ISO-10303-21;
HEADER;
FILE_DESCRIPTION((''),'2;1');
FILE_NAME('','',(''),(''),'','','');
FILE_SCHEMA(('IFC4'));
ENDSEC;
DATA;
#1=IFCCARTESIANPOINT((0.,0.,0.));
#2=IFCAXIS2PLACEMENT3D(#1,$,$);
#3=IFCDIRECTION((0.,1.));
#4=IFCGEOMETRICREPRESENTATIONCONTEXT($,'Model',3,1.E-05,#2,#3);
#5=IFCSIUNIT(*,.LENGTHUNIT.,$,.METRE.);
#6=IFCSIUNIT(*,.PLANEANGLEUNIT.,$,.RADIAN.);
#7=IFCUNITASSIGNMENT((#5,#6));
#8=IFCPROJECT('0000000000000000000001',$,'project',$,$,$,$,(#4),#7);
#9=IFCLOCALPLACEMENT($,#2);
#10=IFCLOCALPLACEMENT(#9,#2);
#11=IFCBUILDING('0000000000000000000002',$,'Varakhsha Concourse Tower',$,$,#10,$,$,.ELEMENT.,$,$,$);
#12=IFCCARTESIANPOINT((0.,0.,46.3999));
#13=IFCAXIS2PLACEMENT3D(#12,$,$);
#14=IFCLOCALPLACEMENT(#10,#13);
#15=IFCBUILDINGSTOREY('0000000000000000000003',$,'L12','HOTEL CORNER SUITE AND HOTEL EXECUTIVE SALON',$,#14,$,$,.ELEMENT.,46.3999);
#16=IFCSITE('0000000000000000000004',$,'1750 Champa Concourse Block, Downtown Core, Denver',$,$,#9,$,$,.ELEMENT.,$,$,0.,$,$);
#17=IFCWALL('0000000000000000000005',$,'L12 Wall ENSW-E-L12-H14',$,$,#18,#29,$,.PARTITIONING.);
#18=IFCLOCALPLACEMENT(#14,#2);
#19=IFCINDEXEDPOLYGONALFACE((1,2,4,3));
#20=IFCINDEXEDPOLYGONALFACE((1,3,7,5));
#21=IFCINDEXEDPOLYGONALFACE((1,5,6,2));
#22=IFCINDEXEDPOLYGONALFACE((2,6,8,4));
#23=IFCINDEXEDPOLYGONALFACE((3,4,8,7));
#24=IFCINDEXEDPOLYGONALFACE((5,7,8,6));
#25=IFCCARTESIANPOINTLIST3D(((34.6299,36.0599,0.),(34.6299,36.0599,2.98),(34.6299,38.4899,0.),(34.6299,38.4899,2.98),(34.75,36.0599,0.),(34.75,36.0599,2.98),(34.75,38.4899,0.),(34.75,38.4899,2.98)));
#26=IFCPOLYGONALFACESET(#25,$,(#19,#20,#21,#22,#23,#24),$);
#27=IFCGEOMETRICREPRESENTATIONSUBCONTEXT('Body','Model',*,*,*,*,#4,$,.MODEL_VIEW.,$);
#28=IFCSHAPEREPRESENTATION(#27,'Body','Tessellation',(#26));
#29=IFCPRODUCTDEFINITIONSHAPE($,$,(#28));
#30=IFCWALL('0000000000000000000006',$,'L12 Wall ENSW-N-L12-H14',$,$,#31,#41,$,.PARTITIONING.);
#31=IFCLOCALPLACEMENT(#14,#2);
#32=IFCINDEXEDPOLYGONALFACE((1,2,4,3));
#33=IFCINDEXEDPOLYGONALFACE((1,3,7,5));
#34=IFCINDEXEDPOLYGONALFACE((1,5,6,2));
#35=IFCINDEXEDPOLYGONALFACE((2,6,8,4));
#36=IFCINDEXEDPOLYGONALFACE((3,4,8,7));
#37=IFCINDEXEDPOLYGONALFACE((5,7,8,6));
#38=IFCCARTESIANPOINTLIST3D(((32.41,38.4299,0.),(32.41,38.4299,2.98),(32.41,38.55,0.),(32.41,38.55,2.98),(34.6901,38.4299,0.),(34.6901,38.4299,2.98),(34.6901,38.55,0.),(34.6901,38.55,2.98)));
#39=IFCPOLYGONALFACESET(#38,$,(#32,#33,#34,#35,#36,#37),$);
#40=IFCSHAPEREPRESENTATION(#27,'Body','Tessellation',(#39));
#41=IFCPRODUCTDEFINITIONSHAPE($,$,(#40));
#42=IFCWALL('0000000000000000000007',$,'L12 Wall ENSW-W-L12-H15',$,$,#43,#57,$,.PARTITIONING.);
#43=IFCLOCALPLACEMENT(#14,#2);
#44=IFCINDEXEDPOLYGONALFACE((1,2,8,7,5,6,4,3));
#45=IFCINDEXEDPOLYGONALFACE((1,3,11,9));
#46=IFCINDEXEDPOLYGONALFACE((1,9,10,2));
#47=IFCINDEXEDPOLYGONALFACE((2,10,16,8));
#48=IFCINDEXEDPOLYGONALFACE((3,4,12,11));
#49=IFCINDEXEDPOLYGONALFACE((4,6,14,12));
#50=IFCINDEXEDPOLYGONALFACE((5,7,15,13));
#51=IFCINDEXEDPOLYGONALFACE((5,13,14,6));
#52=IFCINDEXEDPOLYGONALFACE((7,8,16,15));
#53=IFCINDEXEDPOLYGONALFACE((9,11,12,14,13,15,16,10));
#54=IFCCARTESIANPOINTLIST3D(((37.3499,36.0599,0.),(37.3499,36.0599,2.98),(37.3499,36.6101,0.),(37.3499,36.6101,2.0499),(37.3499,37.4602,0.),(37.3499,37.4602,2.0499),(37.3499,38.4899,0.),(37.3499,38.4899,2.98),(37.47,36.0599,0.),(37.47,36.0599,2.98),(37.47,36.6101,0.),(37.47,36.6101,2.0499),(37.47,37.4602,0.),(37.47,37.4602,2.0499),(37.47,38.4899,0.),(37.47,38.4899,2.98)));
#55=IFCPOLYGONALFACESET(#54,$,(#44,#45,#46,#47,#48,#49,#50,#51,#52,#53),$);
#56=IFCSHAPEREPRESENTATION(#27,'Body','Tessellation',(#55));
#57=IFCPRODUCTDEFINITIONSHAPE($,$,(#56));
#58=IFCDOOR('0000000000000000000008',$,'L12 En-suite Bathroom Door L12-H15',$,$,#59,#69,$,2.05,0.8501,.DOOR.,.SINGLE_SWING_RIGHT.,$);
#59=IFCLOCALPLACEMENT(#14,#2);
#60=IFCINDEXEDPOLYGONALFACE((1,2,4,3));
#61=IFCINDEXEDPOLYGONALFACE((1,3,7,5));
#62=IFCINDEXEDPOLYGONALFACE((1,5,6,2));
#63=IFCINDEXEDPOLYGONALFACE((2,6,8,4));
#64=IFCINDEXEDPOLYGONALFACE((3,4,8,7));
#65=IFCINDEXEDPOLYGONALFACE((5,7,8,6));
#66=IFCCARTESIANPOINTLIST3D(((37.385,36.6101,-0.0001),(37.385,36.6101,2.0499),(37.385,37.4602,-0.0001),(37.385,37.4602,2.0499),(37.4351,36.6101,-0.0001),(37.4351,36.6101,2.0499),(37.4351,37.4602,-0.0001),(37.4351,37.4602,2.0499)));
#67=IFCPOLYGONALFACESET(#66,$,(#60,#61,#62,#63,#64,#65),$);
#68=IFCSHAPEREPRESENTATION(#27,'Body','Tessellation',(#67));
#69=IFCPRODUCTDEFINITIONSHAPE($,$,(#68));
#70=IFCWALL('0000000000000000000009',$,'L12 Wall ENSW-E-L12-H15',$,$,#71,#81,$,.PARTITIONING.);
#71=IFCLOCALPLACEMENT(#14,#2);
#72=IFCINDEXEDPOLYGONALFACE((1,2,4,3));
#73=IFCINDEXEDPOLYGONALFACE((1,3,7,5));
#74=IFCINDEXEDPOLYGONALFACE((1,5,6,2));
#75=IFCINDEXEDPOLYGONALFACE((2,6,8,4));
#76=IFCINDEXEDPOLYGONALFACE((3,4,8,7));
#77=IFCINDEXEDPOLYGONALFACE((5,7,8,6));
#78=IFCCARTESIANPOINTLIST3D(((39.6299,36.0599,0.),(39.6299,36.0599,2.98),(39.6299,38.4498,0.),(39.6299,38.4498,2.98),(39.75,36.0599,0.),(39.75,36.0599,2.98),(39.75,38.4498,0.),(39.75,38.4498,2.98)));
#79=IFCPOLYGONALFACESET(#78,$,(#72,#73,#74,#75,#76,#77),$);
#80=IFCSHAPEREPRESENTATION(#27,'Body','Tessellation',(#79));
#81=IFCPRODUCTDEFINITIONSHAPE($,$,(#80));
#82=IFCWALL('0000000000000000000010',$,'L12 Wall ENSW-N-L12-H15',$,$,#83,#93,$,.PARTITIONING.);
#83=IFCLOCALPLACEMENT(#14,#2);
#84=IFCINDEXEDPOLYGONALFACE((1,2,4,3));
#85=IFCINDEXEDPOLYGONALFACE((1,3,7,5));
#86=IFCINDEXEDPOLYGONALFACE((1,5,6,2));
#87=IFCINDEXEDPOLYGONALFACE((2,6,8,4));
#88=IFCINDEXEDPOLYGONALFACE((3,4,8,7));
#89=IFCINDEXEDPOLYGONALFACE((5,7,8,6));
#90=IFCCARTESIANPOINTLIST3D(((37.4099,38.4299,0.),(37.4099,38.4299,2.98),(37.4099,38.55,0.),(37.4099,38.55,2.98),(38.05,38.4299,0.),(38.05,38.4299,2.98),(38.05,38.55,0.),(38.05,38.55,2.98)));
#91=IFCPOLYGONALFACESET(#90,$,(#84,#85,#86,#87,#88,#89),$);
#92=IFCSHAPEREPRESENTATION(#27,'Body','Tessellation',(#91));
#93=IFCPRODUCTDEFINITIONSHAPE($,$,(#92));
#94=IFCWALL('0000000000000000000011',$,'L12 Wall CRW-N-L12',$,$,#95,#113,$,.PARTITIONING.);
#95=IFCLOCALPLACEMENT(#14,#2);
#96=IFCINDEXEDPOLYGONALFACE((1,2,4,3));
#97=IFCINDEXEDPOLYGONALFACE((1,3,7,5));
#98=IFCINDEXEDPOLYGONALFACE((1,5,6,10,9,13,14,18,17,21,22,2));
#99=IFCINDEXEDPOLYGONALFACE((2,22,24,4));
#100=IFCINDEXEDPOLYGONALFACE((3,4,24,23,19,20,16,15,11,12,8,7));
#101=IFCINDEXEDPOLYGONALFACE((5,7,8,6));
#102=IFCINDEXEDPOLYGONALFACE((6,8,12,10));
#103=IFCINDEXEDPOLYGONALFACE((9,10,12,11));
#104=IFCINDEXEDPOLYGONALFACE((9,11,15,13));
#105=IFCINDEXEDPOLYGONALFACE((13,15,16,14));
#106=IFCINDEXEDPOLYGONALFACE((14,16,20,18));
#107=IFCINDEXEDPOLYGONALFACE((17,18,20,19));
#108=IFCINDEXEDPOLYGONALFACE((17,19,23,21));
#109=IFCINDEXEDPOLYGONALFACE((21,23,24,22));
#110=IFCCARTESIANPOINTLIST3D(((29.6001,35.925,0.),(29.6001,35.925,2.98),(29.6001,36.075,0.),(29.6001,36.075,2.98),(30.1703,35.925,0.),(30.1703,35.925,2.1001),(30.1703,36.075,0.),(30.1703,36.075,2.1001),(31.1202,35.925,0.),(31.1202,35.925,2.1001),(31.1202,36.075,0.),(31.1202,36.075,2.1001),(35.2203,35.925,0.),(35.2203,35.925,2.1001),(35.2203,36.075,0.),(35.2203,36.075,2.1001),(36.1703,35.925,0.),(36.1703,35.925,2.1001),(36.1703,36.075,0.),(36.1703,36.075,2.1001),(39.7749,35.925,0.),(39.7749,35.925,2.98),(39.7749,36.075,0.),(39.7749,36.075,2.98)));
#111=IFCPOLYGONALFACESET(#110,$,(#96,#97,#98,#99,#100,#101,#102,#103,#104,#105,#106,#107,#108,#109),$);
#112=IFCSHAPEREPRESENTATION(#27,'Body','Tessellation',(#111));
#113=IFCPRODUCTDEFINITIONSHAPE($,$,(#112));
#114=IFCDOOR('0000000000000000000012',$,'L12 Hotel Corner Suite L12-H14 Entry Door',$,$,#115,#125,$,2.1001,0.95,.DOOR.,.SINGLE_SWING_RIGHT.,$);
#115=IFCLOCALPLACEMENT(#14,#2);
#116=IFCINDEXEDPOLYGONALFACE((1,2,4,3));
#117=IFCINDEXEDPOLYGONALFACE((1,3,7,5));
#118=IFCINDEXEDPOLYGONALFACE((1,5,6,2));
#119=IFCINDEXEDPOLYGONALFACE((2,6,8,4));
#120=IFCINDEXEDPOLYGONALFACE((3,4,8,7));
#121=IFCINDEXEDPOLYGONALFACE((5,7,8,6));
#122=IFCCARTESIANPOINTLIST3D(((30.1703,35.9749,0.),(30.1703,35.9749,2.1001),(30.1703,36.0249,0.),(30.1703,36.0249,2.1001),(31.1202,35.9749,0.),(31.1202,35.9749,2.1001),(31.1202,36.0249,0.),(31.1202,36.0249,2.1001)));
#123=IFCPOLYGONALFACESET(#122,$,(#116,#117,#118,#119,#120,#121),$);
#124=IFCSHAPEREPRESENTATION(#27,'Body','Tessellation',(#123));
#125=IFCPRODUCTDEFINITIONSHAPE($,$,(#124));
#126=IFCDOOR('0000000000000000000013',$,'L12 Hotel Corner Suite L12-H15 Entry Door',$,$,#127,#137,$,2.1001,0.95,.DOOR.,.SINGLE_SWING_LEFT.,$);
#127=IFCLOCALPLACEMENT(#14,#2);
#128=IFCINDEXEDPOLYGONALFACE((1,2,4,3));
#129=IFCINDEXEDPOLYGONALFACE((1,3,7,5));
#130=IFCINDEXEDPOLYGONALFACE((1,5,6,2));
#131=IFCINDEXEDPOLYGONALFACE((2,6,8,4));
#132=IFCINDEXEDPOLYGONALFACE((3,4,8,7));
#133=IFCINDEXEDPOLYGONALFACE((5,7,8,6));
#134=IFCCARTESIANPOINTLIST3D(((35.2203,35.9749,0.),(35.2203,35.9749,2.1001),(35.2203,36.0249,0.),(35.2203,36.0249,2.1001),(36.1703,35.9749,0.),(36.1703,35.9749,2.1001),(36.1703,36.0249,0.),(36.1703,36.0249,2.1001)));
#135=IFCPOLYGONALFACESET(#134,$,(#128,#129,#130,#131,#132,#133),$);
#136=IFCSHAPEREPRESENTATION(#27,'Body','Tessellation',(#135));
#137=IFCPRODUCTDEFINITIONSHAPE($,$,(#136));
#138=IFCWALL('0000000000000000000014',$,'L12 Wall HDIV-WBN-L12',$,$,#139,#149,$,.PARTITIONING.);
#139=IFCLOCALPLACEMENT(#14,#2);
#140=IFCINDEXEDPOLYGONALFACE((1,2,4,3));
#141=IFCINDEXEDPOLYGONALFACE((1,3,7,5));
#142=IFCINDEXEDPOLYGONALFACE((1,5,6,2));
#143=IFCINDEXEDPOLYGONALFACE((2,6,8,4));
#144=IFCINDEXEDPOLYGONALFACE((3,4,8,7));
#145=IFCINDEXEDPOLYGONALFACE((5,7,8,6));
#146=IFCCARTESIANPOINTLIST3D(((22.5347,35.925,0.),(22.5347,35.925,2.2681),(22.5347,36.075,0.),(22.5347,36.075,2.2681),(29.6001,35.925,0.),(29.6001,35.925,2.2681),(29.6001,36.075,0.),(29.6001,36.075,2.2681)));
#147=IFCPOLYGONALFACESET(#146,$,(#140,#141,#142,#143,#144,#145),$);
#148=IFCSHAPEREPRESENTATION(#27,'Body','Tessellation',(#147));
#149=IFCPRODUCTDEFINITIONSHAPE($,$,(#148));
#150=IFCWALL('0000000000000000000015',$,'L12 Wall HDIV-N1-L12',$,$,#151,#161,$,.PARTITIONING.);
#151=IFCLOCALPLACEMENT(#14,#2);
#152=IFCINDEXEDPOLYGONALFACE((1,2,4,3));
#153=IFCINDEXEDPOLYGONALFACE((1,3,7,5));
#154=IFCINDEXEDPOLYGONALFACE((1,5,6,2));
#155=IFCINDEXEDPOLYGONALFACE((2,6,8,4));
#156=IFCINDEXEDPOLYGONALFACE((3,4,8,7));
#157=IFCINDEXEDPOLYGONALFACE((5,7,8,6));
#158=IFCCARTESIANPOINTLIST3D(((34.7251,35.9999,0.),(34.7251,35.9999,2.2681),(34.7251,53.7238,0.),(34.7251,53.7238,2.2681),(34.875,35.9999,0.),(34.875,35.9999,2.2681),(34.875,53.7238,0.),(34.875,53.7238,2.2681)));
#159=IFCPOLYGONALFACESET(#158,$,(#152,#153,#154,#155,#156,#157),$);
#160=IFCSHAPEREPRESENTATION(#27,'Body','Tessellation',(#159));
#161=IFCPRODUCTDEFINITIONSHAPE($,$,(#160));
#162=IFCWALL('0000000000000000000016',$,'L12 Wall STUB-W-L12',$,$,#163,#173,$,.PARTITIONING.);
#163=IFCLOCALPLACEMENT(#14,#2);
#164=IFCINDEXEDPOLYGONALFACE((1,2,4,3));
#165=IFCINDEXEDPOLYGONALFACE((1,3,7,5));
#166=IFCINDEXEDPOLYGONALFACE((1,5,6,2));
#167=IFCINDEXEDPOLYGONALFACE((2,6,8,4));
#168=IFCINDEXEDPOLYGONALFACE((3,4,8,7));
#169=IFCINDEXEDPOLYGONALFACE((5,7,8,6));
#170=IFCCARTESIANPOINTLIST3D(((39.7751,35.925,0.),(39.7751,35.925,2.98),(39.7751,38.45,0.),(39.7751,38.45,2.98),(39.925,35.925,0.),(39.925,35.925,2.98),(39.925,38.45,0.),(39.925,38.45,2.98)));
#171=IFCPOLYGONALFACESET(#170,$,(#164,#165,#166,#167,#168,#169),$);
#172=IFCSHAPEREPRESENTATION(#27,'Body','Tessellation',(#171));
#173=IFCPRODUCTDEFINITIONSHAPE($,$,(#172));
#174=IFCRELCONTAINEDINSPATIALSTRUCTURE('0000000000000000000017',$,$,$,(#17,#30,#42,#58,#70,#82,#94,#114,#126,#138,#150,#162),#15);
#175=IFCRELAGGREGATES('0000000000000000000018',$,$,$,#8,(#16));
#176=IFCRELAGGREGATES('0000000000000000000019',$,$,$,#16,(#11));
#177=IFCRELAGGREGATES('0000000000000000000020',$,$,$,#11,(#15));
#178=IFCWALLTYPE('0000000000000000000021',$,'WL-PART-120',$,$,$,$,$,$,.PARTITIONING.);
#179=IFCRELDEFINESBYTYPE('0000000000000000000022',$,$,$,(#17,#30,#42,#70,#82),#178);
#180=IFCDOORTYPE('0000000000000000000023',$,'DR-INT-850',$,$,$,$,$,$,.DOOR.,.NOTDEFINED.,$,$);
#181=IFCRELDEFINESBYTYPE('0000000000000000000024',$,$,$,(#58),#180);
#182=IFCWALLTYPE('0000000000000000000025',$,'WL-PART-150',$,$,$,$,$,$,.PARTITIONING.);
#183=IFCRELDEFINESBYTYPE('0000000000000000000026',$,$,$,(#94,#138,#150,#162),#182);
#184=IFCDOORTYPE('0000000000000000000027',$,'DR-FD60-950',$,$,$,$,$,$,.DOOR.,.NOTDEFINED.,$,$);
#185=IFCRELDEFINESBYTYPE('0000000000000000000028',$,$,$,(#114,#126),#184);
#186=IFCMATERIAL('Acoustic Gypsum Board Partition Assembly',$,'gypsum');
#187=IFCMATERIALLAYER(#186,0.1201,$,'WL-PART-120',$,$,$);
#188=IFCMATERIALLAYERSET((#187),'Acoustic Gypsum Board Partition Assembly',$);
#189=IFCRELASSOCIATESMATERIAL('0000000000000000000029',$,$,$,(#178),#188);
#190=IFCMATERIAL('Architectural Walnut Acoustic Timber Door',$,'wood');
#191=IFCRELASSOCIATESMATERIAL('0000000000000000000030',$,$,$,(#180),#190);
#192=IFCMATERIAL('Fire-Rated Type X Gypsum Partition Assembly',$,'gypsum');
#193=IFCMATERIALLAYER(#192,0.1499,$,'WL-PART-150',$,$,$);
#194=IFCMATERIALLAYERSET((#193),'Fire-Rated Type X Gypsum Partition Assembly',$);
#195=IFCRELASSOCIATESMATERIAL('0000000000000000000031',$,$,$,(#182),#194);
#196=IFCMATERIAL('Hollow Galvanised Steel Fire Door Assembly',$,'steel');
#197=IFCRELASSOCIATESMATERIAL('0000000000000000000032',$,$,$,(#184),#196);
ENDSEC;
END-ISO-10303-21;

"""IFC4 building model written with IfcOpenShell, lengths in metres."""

from ifc_helpers import new_model, si_unit, direction, frame, frame_2d, origin, place, context, subcontext, project, spatial, rectangle, extrude, material, layer, layer_set, type_object, element, fill, save


model = new_model("IFC4")

# Units and contexts
model_context = context("Model", 3, precision=1e-05, world=origin(), true_north=direction((0.0, 1.0)))
body_context = subcontext(model_context, "Body", "Model", "MODEL_VIEW")
ifc_project = project(units=[si_unit("LENGTHUNIT", "METRE"), si_unit("PLANEANGLEUNIT", "RADIAN")], contexts=[model_context])

# Site, building, storey
site_placement = place(None, origin())
site = spatial("IfcSite", under=ifc_project, at=site_placement, Name="1750 Champa Concourse Block, Downtown Core, Denver", CompositionType="ELEMENT", RefElevation=0.0)
building_placement = place(site_placement, origin())
building = spatial("IfcBuilding", under=site, at=building_placement, Name="Varakhsha Concourse Tower", CompositionType="ELEMENT")
storey_placement = place(building_placement, frame((0.0, 0.0, 46.3999)))
storey = spatial("IfcBuildingStorey", under=building, at=storey_placement, Name="L12", Description="HOTEL CORNER SUITE AND HOTEL EXECUTIVE SALON", CompositionType="ELEMENT", Elevation=46.3999)

# Shared definitions
ifc_material_1 = material(Name="Acoustic Gypsum Board Partition Assembly", Category="gypsum")
ifc_layer_1 = layer(ifc_material_1, 0.1201, Name="WL-PART-120")
ifc_layer_set_1 = layer_set([ifc_layer_1], Name="Acoustic Gypsum Board Partition Assembly")
wall_type_1 = type_object("IfcWallType", Name="WL-PART-120", PredefinedType="PARTITIONING", material=ifc_layer_set_1)

# Shared definitions
ifc_material_2 = material(Name="Architectural Walnut Acoustic Timber Door", Category="wood")
door_type_1 = type_object("IfcDoorType", Name="DR-INT-850", OperationType="NOTDEFINED", PredefinedType="DOOR", material=ifc_material_2)

# Walls
wall_1_placement = place(storey_placement, frame((34.6899, 36.0601, 0.0), z_axis=(0.0, 0.0, 1.0), x_axis=(0.0, 1.0, 0.0)))
element("IfcWall", 1, at=wall_1_placement, inside=storey, type_object=wall_type_1, Name="L12 Wall ENSW-E-L12-H14", PredefinedType="PARTITIONING", context=body_context, shape_type="SweptSolid", body=[
    extrude(rectangle(XDim=2.4299, YDim=0.1201, at=frame_2d((1.2148, 0.0))), origin(), (0.0, 0.0, 1.0), 2.98),
])
wall_2_placement = place(storey_placement, frame((32.4099, 38.49, 0.0), z_axis=(0.0, 0.0, 1.0), x_axis=(1.0, 0.0, 0.0)))
element("IfcWall", 2, at=wall_2_placement, inside=storey, type_object=wall_type_1, Name="L12 Wall ENSW-N-L12-H14", PredefinedType="PARTITIONING", context=body_context, shape_type="SweptSolid", body=[
    extrude(rectangle(XDim=2.28, YDim=0.1201, at=frame_2d((1.1401, 0.0))), origin(), (0.0, 0.0, 1.0), 2.98),
])

# Wall, opening, door
wall_3_placement = place(storey_placement, frame((37.4099, 36.0601, 0.0), z_axis=(0.0, 0.0, 1.0), x_axis=(0.0, 1.0, 0.0)))
wall_3 = element("IfcWall", 3, at=wall_3_placement, inside=storey, type_object=wall_type_1, Name="L12 Wall ENSW-W-L12-H15", PredefinedType="PARTITIONING", context=body_context, shape_type="SweptSolid", body=[
    extrude(rectangle(XDim=2.4299, YDim=0.1201, at=frame_2d((1.2148, 0.0))), origin(), (0.0, 0.0, 1.0), 2.98),
])
opening_1_placement = place(wall_3_placement, frame((0.55, 0.0, 0.0)))
opening_1 = element("IfcOpeningElement", 4, at=opening_1_placement, cuts=wall_3, PredefinedType="OPENING", context=body_context, shape_type="SweptSolid", body=[
    extrude(rectangle(XDim=0.8501, YDim=2.05, at=frame_2d((0.425, 1.0249))), frame((0.0, 0.0701, 0.0), z_axis=(0.0, -1.0, 0.0), x_axis=(1.0, 0.0, 0.0)), (0.0, 0.0, 1.0), 0.1401),
])
door_1_placement = place(opening_1_placement, origin())
door_1 = element("IfcDoor", 5, at=door_1_placement, inside=storey, type_object=door_type_1, Name="L12 En-suite Bathroom Door L12-H15", OperationType="SINGLE_SWING_RIGHT", OverallHeight=2.05, OverallWidth=0.8501, PredefinedType="DOOR", context=body_context, shape_type="SweptSolid", body=[
    extrude(rectangle(XDim=0.8501, YDim=2.05, at=frame_2d((0.425, 1.0249))), frame((0.0, 0.0249, 0.0), z_axis=(0.0, -1.0, 0.0), x_axis=(1.0, 0.0, 0.0)), (0.0, 0.0, 1.0), 0.05),
])
fill(opening_1, door_1)

# Walls
wall_4_placement = place(storey_placement, frame((39.6899, 36.0601, 0.0), z_axis=(0.0, 0.0, 1.0), x_axis=(0.0, 1.0, 0.0)))
element("IfcWall", 6, at=wall_4_placement, inside=storey, type_object=wall_type_1, Name="L12 Wall ENSW-E-L12-H15", PredefinedType="PARTITIONING", context=body_context, shape_type="SweptSolid", body=[
    extrude(rectangle(XDim=2.3899, YDim=0.1201, at=frame_2d((1.1948, 0.0))), origin(), (0.0, 0.0, 1.0), 2.98),
])
wall_5_placement = place(storey_placement, frame((37.4099, 38.49, 0.0), z_axis=(0.0, 0.0, 1.0), x_axis=(1.0, 0.0, 0.0)))
element("IfcWall", 7, at=wall_5_placement, inside=storey, type_object=wall_type_1, Name="L12 Wall ENSW-N-L12-H15", PredefinedType="PARTITIONING", context=body_context, shape_type="SweptSolid", body=[
    extrude(rectangle(XDim=0.6401, YDim=0.1201, at=frame_2d((0.3201, 0.0))), origin(), (0.0, 0.0, 1.0), 2.98),
])

# Wall, openings, doors
ifc_material_3 = material(Name="Fire-Rated Type X Gypsum Partition Assembly", Category="gypsum")
ifc_layer_2 = layer(ifc_material_3, 0.1499, Name="WL-PART-150")
ifc_layer_set_2 = layer_set([ifc_layer_2], Name="Fire-Rated Type X Gypsum Partition Assembly")
wall_type_2 = type_object("IfcWallType", Name="WL-PART-150", PredefinedType="PARTITIONING", material=ifc_layer_set_2)
wall_6_placement = place(storey_placement, frame((29.6001, 36.0, 0.0), z_axis=(0.0, 0.0, 1.0), x_axis=(1.0, 0.0, 0.0)))
wall_6 = element("IfcWall", 8, at=wall_6_placement, inside=storey, type_object=wall_type_2, Name="L12 Wall CRW-N-L12", PredefinedType="PARTITIONING", context=body_context, shape_type="SweptSolid", body=[
    extrude(rectangle(XDim=10.1748, YDim=0.1499, at=frame_2d((5.0874, 0.0))), origin(), (0.0, 0.0, 1.0), 2.98),
])
opening_2_placement = place(wall_6_placement, frame((0.5701, 0.0, 0.0)))
opening_2 = element("IfcOpeningElement", 9, at=opening_2_placement, cuts=wall_6, PredefinedType="OPENING", context=body_context, shape_type="SweptSolid", body=[
    extrude(rectangle(XDim=0.95, YDim=2.1001, at=frame_2d((0.4751, 1.05))), frame((0.0, 0.085, 0.0), z_axis=(0.0, -1.0, 0.0), x_axis=(1.0, 0.0, 0.0)), (0.0, 0.0, 1.0), 0.1699),
])
opening_3_placement = place(wall_6_placement, frame((5.6201, 0.0, 0.0)))
opening_3 = element("IfcOpeningElement", 10, at=opening_3_placement, cuts=wall_6, PredefinedType="OPENING", context=body_context, shape_type="SweptSolid", body=[
    extrude(rectangle(XDim=0.95, YDim=2.1001, at=frame_2d((0.4751, 1.05))), frame((0.0, 0.085, 0.0), z_axis=(0.0, -1.0, 0.0), x_axis=(1.0, 0.0, 0.0)), (0.0, 0.0, 1.0), 0.1699),
])
ifc_material_4 = material(Name="Hollow Galvanised Steel Fire Door Assembly", Category="steel")
door_type_2 = type_object("IfcDoorType", Name="DR-FD60-950", OperationType="NOTDEFINED", PredefinedType="DOOR", material=ifc_material_4)
door_2_placement = place(opening_2_placement, origin())
door_2 = element("IfcDoor", 11, at=door_2_placement, inside=storey, type_object=door_type_2, Name="L12 Hotel Corner Suite L12-H14 Entry Door", OperationType="SINGLE_SWING_RIGHT", OverallHeight=2.1001, OverallWidth=0.95, PredefinedType="DOOR", context=body_context, shape_type="SweptSolid", body=[
    extrude(rectangle(XDim=0.95, YDim=2.1001, at=frame_2d((0.4751, 1.05))), frame((0.0, 0.0249, 0.0), z_axis=(0.0, -1.0, 0.0), x_axis=(1.0, 0.0, 0.0)), (0.0, 0.0, 1.0), 0.05),
])
fill(opening_2, door_2)
door_3_placement = place(opening_3_placement, origin())
door_3 = element("IfcDoor", 12, at=door_3_placement, inside=storey, type_object=door_type_2, Name="L12 Hotel Corner Suite L12-H15 Entry Door", OperationType="SINGLE_SWING_LEFT", OverallHeight=2.1001, OverallWidth=0.95, PredefinedType="DOOR", context=body_context, shape_type="SweptSolid", body=[
    extrude(rectangle(XDim=0.95, YDim=2.1001, at=frame_2d((0.4751, 1.05))), frame((0.0, 0.0249, 0.0), z_axis=(0.0, -1.0, 0.0), x_axis=(1.0, 0.0, 0.0)), (0.0, 0.0, 1.0), 0.05),
])
fill(opening_3, door_3)

# Walls
wall_7_placement = place(storey_placement, frame((22.5347, 36.0, 0.0), z_axis=(0.0, 0.0, 1.0), x_axis=(1.0, 0.0, 0.0)))
element("IfcWall", 13, at=wall_7_placement, inside=storey, type_object=wall_type_2, Name="L12 Wall HDIV-WBN-L12", PredefinedType="PARTITIONING", context=body_context, shape_type="SweptSolid", body=[
    extrude(rectangle(XDim=7.0654, YDim=0.1499, at=frame_2d((3.5327, 0.0))), origin(), (0.0, 0.0, 1.0), 2.2681),
])
wall_8_placement = place(storey_placement, frame((34.8, 36.0, 0.0), z_axis=(0.0, 0.0, 1.0), x_axis=(0.0, 1.0, 0.0)))
element("IfcWall", 14, at=wall_8_placement, inside=storey, type_object=wall_type_2, Name="L12 Wall HDIV-N1-L12", PredefinedType="PARTITIONING", context=body_context, shape_type="SweptSolid", body=[
    extrude(rectangle(XDim=17.7239, YDim=0.1499, at=frame_2d((8.8618, 0.0))), origin(), (0.0, 0.0, 1.0), 2.2681),
])
wall_9_placement = place(storey_placement, frame((39.8501, 35.925, 0.0), z_axis=(0.0, 0.0, 1.0), x_axis=(0.0, 1.0, 0.0)))
element("IfcWall", 15, at=wall_9_placement, inside=storey, type_object=wall_type_2, Name="L12 Wall STUB-W-L12", PredefinedType="PARTITIONING", context=body_context, shape_type="SweptSolid", body=[
    extrude(rectangle(XDim=2.5249, YDim=0.1499, at=frame_2d((1.2625, 0.0))), origin(), (0.0, 0.0, 1.0), 2.98),
])

save(model, "model.ifc")
